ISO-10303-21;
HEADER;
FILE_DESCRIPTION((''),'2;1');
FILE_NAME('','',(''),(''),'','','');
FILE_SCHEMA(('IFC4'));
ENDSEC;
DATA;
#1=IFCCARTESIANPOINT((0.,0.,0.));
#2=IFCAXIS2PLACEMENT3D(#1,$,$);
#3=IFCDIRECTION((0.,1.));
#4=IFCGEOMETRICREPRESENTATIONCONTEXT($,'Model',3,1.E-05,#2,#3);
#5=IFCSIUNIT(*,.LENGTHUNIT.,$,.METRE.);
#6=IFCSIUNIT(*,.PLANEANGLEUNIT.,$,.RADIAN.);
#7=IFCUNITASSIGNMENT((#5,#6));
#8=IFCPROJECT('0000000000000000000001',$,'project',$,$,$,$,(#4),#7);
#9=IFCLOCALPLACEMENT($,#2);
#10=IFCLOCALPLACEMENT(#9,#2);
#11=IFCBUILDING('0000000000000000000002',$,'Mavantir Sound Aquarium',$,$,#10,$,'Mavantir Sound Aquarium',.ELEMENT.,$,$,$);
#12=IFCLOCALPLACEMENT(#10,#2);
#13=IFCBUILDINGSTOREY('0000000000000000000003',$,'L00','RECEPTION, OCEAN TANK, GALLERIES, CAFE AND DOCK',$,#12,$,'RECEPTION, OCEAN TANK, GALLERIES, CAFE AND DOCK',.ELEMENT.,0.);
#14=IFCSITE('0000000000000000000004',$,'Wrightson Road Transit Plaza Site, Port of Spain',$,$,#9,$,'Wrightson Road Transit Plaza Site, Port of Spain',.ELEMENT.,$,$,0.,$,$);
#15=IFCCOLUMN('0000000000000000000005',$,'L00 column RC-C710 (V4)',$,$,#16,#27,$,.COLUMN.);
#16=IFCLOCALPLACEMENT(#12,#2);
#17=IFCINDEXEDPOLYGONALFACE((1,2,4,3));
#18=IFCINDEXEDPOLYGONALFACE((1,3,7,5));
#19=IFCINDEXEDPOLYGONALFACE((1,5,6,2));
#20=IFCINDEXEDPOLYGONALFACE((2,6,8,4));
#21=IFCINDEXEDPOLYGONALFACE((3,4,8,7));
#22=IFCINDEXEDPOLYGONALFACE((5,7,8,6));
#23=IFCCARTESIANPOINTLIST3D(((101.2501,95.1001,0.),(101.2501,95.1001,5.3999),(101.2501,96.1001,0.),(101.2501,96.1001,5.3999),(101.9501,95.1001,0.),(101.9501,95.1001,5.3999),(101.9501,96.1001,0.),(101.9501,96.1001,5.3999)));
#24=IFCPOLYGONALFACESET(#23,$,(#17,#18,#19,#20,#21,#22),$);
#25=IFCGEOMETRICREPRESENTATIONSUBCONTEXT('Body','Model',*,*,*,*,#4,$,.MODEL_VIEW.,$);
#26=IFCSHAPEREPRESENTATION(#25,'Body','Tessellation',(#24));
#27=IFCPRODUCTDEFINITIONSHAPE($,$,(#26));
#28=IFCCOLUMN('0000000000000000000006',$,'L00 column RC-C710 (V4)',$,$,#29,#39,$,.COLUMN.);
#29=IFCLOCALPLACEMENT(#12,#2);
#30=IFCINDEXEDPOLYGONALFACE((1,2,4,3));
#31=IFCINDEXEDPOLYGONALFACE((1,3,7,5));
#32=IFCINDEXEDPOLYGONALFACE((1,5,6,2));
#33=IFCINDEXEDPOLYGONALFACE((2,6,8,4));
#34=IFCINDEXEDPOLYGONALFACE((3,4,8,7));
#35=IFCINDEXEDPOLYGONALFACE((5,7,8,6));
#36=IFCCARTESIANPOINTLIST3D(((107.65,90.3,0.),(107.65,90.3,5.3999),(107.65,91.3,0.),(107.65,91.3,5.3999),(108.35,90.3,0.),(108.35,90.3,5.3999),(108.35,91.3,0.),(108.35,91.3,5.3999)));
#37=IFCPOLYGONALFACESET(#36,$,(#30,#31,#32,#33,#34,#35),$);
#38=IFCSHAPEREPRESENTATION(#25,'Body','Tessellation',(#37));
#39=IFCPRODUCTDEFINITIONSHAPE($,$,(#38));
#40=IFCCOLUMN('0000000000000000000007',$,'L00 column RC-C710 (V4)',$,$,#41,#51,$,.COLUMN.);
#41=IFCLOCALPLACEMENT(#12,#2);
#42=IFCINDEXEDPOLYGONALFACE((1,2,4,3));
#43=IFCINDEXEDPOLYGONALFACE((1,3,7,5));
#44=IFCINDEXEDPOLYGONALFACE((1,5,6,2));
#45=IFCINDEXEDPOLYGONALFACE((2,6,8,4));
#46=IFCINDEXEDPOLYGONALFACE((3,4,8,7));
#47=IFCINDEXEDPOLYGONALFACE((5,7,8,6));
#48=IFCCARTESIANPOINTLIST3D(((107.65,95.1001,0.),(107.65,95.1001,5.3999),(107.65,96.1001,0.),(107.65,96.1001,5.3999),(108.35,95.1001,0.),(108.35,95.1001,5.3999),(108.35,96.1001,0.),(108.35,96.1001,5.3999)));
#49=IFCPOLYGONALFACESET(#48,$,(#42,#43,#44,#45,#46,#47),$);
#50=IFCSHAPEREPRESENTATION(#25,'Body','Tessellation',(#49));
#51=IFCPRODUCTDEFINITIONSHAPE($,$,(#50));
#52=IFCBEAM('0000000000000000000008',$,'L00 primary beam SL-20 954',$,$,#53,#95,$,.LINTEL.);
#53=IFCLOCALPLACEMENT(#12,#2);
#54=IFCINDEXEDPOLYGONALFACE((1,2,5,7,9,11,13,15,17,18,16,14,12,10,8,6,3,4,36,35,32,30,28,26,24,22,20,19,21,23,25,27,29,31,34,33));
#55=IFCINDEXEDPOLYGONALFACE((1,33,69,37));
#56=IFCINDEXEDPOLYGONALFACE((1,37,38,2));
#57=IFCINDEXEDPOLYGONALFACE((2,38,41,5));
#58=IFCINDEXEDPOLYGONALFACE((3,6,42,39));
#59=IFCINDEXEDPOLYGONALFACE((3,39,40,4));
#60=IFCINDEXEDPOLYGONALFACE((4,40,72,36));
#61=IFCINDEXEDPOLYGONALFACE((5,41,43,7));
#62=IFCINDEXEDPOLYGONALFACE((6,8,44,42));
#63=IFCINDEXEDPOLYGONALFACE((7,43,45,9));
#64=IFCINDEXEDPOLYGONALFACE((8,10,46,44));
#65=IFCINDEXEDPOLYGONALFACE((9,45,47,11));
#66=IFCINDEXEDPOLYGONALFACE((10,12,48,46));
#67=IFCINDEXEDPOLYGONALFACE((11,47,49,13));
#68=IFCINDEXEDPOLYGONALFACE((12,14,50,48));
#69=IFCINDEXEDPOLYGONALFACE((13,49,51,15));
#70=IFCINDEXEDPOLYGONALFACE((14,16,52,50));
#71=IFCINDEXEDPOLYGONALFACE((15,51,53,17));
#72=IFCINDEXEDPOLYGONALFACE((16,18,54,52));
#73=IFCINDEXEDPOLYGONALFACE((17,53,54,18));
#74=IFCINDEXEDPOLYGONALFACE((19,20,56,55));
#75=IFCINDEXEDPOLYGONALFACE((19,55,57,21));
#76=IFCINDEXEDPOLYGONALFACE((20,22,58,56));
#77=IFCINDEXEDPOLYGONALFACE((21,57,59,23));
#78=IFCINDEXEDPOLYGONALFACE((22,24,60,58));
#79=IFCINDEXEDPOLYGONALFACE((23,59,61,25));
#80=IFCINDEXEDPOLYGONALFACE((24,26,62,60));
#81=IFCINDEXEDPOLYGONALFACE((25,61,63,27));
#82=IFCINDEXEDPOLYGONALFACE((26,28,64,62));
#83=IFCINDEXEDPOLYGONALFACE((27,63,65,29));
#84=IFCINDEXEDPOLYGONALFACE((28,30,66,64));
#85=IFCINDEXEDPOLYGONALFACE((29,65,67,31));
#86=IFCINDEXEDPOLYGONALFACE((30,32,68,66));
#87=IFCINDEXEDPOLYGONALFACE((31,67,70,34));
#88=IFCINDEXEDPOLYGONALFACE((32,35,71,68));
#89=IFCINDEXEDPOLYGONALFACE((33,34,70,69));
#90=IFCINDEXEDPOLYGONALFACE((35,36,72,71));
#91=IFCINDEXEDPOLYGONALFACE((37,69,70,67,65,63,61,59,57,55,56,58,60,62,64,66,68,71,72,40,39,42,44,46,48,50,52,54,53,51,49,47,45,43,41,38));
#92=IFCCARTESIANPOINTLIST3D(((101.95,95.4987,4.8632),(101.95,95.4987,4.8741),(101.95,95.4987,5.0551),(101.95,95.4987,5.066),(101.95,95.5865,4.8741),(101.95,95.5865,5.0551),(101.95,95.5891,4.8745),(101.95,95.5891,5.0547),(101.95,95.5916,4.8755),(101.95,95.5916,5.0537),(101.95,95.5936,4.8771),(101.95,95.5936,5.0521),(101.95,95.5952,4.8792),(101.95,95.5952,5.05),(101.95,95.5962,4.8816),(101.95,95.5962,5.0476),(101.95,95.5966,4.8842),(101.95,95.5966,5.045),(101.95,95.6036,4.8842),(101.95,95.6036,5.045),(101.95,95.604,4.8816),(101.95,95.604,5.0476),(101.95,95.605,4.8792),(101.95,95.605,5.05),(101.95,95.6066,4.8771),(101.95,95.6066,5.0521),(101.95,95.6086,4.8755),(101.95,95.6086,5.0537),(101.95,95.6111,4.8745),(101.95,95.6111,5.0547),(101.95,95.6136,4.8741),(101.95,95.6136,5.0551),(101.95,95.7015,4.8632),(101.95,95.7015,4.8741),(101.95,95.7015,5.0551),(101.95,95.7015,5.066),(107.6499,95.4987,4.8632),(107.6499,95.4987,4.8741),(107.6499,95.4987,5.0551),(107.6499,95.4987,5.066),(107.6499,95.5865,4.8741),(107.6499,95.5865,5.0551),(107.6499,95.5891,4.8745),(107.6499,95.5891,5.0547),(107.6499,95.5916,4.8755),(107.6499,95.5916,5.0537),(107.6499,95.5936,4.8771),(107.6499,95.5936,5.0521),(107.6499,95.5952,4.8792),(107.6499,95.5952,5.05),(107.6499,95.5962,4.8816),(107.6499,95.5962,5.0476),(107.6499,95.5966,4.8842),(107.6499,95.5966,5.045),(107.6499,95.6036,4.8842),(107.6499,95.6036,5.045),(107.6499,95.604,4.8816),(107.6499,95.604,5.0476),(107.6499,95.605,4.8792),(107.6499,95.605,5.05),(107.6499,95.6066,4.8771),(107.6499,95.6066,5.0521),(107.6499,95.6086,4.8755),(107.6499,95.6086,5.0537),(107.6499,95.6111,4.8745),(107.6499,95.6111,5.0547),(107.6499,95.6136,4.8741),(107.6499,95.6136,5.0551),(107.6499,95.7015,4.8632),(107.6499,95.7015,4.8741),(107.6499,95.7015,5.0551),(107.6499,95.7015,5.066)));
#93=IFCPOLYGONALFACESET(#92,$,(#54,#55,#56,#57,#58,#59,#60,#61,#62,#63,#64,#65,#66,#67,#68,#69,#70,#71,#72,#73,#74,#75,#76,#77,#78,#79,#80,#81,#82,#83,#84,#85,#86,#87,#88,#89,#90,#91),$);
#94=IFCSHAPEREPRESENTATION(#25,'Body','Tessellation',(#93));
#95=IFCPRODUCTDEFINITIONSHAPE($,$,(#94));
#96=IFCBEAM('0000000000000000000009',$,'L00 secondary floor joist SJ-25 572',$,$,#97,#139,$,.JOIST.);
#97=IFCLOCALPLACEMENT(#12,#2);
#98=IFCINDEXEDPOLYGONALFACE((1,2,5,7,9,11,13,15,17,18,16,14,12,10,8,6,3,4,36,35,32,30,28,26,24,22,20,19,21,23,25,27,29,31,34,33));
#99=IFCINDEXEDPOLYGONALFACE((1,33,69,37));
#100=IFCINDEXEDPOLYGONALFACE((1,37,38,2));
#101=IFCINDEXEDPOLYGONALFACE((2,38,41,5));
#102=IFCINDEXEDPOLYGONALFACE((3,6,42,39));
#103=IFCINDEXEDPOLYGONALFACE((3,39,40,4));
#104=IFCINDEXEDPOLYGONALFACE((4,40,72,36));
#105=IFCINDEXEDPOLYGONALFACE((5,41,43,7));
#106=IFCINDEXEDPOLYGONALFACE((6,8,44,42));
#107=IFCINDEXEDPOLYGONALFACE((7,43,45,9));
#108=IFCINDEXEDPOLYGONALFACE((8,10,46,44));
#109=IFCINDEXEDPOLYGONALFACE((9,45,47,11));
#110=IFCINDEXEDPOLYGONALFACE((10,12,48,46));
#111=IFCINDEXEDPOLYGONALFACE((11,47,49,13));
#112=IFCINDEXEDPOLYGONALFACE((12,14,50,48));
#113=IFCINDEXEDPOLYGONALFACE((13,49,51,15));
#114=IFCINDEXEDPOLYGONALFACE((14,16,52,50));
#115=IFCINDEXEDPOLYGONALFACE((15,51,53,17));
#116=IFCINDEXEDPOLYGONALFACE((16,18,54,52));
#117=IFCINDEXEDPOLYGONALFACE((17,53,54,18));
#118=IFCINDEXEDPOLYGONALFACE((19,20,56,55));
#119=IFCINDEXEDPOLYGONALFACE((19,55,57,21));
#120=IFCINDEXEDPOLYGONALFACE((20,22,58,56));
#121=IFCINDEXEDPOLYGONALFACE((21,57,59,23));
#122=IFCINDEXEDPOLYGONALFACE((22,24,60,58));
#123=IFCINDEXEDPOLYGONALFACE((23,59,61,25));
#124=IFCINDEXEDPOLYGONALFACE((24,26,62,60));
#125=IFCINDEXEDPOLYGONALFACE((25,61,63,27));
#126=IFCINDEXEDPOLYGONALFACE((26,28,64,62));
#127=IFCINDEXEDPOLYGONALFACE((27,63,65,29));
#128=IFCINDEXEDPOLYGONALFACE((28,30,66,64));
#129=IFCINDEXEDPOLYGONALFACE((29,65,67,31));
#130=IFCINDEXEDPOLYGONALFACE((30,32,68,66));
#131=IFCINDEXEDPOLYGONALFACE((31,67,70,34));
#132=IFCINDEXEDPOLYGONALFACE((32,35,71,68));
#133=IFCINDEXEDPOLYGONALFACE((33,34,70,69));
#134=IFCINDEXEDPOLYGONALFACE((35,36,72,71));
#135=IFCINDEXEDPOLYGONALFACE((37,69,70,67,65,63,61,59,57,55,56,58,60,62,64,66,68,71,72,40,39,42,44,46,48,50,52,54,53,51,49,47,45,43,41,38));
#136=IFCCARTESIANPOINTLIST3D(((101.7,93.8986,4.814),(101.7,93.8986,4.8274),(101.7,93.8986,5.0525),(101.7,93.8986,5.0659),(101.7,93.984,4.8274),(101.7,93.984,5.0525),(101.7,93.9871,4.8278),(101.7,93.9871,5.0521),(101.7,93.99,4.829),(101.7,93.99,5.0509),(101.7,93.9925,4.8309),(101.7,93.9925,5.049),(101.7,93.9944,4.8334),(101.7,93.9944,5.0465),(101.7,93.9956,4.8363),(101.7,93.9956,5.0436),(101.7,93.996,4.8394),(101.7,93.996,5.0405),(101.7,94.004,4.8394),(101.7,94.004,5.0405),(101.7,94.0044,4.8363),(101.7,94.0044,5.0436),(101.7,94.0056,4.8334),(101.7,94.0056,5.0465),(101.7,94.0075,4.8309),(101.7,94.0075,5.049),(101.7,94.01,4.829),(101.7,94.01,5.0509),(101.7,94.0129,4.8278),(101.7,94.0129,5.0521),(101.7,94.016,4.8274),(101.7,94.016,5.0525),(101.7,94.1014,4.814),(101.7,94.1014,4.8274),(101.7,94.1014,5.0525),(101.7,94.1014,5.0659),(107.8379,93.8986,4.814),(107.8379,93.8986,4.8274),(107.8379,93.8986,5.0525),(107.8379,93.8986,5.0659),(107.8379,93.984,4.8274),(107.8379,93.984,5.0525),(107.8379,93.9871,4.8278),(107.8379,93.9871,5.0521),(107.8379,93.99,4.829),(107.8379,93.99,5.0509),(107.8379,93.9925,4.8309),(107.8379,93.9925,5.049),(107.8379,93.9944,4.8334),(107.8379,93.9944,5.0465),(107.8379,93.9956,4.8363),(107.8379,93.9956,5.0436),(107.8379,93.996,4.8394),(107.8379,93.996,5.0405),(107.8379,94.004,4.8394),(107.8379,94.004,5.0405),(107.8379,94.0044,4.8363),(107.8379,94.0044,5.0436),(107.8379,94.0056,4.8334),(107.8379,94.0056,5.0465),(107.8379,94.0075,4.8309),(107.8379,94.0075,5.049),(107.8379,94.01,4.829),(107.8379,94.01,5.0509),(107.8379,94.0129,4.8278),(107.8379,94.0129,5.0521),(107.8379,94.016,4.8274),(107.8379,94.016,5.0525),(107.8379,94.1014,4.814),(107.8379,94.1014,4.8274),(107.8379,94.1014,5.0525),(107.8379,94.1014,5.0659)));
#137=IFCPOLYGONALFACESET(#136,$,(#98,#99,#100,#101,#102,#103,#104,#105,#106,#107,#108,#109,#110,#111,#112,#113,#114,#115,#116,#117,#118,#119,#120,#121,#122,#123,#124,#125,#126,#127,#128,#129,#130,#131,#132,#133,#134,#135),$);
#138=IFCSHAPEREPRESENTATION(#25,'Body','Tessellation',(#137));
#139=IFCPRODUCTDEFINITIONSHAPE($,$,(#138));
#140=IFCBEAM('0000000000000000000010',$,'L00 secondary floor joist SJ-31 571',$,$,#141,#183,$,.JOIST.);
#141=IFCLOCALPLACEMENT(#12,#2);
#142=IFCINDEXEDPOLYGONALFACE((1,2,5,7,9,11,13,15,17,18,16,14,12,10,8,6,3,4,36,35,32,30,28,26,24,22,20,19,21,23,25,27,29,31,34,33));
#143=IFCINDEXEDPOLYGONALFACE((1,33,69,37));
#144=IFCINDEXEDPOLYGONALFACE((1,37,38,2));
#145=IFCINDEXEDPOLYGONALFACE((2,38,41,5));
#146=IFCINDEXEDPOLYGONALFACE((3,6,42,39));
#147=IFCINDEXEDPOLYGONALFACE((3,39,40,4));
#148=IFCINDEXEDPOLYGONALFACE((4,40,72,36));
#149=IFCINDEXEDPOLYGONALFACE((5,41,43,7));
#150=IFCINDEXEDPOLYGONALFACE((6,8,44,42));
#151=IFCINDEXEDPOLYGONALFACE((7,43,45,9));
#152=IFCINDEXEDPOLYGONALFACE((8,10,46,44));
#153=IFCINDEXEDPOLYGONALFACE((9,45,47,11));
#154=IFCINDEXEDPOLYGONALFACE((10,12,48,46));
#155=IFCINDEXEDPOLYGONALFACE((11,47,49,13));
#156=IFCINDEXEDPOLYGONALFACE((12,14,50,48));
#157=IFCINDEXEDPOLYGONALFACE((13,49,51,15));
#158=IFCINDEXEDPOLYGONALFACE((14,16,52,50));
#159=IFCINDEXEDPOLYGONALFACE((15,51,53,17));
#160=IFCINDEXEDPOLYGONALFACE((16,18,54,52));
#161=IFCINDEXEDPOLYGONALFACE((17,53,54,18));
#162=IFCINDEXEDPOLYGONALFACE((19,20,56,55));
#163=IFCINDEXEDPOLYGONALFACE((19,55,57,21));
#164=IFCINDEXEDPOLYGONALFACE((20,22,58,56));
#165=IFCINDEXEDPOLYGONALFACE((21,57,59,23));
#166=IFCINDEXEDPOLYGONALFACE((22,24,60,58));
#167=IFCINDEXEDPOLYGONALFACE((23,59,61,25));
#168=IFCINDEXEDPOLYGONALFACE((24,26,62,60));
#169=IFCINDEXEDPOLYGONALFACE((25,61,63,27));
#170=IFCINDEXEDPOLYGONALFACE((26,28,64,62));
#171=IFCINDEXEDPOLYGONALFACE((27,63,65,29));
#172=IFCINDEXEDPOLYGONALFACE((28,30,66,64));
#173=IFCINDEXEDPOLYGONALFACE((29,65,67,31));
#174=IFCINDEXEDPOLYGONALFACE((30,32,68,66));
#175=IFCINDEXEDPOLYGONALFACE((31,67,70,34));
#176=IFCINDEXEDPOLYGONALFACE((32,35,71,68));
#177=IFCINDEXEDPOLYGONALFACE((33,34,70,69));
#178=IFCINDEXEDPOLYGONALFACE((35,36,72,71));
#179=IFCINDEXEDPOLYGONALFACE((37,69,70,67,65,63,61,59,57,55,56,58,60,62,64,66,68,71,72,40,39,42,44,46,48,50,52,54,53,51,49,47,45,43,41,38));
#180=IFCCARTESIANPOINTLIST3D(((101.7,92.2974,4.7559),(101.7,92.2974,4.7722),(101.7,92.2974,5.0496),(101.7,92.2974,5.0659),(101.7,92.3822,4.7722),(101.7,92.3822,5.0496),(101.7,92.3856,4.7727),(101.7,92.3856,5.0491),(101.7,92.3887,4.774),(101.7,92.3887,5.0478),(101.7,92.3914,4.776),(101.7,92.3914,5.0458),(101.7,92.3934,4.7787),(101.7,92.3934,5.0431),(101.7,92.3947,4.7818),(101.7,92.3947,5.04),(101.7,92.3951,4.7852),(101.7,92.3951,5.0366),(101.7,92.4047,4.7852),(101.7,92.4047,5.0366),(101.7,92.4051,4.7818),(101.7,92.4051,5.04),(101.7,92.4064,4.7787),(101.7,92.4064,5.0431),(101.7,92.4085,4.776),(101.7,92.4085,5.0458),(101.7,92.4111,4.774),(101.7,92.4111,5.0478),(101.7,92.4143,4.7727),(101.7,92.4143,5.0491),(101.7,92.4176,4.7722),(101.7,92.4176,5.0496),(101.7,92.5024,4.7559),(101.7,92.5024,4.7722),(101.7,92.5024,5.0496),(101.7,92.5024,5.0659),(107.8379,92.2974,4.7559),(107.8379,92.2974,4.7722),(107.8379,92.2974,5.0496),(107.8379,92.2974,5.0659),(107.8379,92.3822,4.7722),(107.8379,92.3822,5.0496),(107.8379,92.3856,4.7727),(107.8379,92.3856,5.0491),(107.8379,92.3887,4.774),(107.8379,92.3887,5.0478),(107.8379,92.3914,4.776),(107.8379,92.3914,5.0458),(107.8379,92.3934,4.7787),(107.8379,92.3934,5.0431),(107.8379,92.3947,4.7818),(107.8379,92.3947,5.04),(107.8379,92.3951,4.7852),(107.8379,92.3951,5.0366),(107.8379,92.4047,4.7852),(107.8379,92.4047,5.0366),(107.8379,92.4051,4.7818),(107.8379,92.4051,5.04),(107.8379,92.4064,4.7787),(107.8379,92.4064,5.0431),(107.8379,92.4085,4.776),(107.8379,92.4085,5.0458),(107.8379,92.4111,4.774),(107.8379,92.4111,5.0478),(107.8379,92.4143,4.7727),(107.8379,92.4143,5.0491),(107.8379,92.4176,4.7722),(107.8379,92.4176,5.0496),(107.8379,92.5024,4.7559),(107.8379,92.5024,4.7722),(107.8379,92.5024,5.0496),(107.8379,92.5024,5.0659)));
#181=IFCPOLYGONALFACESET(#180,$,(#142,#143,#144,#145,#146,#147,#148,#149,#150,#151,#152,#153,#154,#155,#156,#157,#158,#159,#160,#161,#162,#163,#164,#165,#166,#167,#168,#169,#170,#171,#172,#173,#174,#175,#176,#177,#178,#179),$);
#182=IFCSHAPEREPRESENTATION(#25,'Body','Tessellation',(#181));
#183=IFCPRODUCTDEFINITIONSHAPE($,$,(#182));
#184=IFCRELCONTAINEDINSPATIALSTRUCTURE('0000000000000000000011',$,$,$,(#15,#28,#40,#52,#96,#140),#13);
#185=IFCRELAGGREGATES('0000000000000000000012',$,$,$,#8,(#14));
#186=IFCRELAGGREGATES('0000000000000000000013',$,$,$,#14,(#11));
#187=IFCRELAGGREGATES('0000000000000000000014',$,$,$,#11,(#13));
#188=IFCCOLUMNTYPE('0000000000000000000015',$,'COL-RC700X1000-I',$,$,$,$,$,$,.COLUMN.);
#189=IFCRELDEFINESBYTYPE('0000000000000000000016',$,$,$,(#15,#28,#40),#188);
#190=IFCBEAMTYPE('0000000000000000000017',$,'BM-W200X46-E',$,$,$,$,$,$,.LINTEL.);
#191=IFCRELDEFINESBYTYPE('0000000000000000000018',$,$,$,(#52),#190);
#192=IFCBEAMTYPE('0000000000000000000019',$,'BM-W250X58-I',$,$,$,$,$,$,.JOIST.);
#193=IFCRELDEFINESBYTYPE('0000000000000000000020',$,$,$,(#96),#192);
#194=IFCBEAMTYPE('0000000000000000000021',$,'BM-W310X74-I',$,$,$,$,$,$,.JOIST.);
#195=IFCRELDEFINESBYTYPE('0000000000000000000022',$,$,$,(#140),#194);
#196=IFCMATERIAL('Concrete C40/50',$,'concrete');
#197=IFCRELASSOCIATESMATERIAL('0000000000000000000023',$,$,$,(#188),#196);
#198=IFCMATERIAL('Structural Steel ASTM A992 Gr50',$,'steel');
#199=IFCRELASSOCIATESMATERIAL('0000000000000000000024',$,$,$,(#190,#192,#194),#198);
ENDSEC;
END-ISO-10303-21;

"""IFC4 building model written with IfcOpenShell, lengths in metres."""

from ifc_helpers import new_model, si_unit, direction, frame, origin, origin_2d, place, context, subcontext, project, spatial, rectangle, i_section, extrude, material, material_profile, profile_set, type_object, element, save


model = new_model("IFC4")

# Units and contexts
model_context = context("Model", 3, precision=1e-05, world=origin(), true_north=direction((0.0, 1.0)))
body_context = subcontext(model_context, "Body", "Model", "MODEL_VIEW")
ifc_project = project(units=[si_unit("LENGTHUNIT", "METRE"), si_unit("PLANEANGLEUNIT", "RADIAN")], contexts=[model_context])

# Site, building, storey
site_placement = place(None, origin())
site = spatial("IfcSite", under=ifc_project, at=site_placement, Name="Wrightson Road Transit Plaza Site, Port of Spain", LongName="Wrightson Road Transit Plaza Site, Port of Spain", CompositionType="ELEMENT", RefElevation=0.0)
building_placement = place(site_placement, origin())
building = spatial("IfcBuilding", under=site, at=building_placement, Name="Mavantir Sound Aquarium", LongName="Mavantir Sound Aquarium", CompositionType="ELEMENT")
storey_placement = place(building_placement, origin())
storey = spatial("IfcBuildingStorey", under=building, at=storey_placement, Name="L00", Description="RECEPTION, OCEAN TANK, GALLERIES, CAFE AND DOCK", LongName="RECEPTION, OCEAN TANK, GALLERIES, CAFE AND DOCK", CompositionType="ELEMENT", Elevation=0.0)

# Columns
ifc_material_1 = material(Name="Concrete C40/50", Category="concrete")
ifc_material_profile_1 = material_profile(ifc_material_1, rectangle(XDim=0.7, YDim=1.0, at=origin_2d()), Name="RC 700X1000")
ifc_profile_set_1 = profile_set([ifc_material_profile_1], Name="Concrete C40/50")
column_type = type_object("IfcColumnType", Name="COL-RC700X1000-I", PredefinedType="COLUMN", material=ifc_profile_set_1)
for number, where, z_axis, x_axis, name in (
    (1, (101.6001, 95.6001, 0.0), (0.0, 0.0, 1.0), (1.0, 0.0, 0.0), "L00 column RC-C710 (V4)"),
    (2, (108.0, 90.8, 0.0), (0.0, 0.0, 1.0), (1.0, 0.0, 0.0), "L00 column RC-C710 (V4)"),
    (3, (108.0, 95.6001, 0.0), (0.0, 0.0, 1.0), (1.0, 0.0, 0.0), "L00 column RC-C710 (V4)"),
):
    element("IfcColumn", number, at=place(storey_placement, frame(where, z_axis=z_axis, x_axis=x_axis)), inside=storey, type_object=column_type, Name=name, PredefinedType="COLUMN", context=body_context, shape_type="SweptSolid", body=[
        extrude(rectangle(XDim=0.7, YDim=1.0, at=origin_2d()), origin(), (0.0, 0.0, 1.0), 5.3999),
    ])

# Beams
ifc_material_2 = material(Name="Structural Steel ASTM A992 Gr50", Category="steel")
ifc_material_profile_2 = material_profile(ifc_material_2, i_section(OverallWidth=0.2029, OverallDepth=0.2029, WebThickness=0.0071, FlangeThickness=0.011, FilletRadius=0.01, at=origin_2d()), Name="W200X46")
ifc_profile_set_2 = profile_set([ifc_material_profile_2], Name="Structural Steel ASTM A992 Gr50")
beam_type_1 = type_object("IfcBeamType", Name="BM-W200X46-E", PredefinedType="LINTEL", material=ifc_profile_set_2)
beam_1_placement = place(storey_placement, frame((101.95, 95.6001, 4.9646), z_axis=(1.0, 0.0, 0.0), x_axis=(0.0, 1.0, 0.0)))
element("IfcBeam", 4, at=beam_1_placement, inside=storey, type_object=beam_type_1, Name="L00 primary beam SL-20 954", PredefinedType="LINTEL", context=body_context, shape_type="SweptSolid", body=[
    extrude(i_section(OverallWidth=0.2029, OverallDepth=0.2029, WebThickness=0.0071, FlangeThickness=0.011, FilletRadius=0.01, at=origin_2d()), origin(), (0.0, 0.0, 1.0), 5.7),
])
ifc_material_profile_3 = material_profile(ifc_material_2, i_section(OverallWidth=0.2029, OverallDepth=0.252, WebThickness=0.0081, FlangeThickness=0.0134, FilletRadius=0.012, at=origin_2d()), Name="W250X58")
ifc_profile_set_3 = profile_set([ifc_material_profile_3], Name="Structural Steel ASTM A992 Gr50")
beam_type_2 = type_object("IfcBeamType", Name="BM-W250X58-I", PredefinedType="JOIST", material=ifc_profile_set_3)
beam_2_placement = place(storey_placement, frame((101.7, 94.0, 4.9399), z_axis=(1.0, 0.0, 0.0), x_axis=(0.0, 1.0, 0.0)))
element("IfcBeam", 5, at=beam_2_placement, inside=storey, type_object=beam_type_2, Name="L00 secondary floor joist SJ-25 572", PredefinedType="JOIST", context=body_context, shape_type="SweptSolid", body=[
    extrude(i_section(OverallWidth=0.2029, OverallDepth=0.252, WebThickness=0.0081, FlangeThickness=0.0134, FilletRadius=0.012, at=origin_2d()), origin(), (0.0, 0.0, 1.0), 6.1379),
])
ifc_material_profile_4 = material_profile(ifc_material_2, i_section(OverallWidth=0.2051, OverallDepth=0.3101, WebThickness=0.0095, FlangeThickness=0.0164, FilletRadius=0.0129, at=origin_2d()), Name="W310X74")
ifc_profile_set_4 = profile_set([ifc_material_profile_4], Name="Structural Steel ASTM A992 Gr50")
beam_type_3 = type_object("IfcBeamType", Name="BM-W310X74-I", PredefinedType="JOIST", material=ifc_profile_set_4)
beam_3_placement = place(storey_placement, frame((101.7, 92.3999, 4.9109), z_axis=(1.0, 0.0, 0.0), x_axis=(0.0, 1.0, 0.0)))
element("IfcBeam", 6, at=beam_3_placement, inside=storey, type_object=beam_type_3, Name="L00 secondary floor joist SJ-31 571", PredefinedType="JOIST", context=body_context, shape_type="SweptSolid", body=[
    extrude(i_section(OverallWidth=0.2051, OverallDepth=0.3101, WebThickness=0.0095, FlangeThickness=0.0164, FilletRadius=0.0129, at=origin_2d()), origin(), (0.0, 0.0, 1.0), 6.1379),
])

save(model, "model.ifc")
